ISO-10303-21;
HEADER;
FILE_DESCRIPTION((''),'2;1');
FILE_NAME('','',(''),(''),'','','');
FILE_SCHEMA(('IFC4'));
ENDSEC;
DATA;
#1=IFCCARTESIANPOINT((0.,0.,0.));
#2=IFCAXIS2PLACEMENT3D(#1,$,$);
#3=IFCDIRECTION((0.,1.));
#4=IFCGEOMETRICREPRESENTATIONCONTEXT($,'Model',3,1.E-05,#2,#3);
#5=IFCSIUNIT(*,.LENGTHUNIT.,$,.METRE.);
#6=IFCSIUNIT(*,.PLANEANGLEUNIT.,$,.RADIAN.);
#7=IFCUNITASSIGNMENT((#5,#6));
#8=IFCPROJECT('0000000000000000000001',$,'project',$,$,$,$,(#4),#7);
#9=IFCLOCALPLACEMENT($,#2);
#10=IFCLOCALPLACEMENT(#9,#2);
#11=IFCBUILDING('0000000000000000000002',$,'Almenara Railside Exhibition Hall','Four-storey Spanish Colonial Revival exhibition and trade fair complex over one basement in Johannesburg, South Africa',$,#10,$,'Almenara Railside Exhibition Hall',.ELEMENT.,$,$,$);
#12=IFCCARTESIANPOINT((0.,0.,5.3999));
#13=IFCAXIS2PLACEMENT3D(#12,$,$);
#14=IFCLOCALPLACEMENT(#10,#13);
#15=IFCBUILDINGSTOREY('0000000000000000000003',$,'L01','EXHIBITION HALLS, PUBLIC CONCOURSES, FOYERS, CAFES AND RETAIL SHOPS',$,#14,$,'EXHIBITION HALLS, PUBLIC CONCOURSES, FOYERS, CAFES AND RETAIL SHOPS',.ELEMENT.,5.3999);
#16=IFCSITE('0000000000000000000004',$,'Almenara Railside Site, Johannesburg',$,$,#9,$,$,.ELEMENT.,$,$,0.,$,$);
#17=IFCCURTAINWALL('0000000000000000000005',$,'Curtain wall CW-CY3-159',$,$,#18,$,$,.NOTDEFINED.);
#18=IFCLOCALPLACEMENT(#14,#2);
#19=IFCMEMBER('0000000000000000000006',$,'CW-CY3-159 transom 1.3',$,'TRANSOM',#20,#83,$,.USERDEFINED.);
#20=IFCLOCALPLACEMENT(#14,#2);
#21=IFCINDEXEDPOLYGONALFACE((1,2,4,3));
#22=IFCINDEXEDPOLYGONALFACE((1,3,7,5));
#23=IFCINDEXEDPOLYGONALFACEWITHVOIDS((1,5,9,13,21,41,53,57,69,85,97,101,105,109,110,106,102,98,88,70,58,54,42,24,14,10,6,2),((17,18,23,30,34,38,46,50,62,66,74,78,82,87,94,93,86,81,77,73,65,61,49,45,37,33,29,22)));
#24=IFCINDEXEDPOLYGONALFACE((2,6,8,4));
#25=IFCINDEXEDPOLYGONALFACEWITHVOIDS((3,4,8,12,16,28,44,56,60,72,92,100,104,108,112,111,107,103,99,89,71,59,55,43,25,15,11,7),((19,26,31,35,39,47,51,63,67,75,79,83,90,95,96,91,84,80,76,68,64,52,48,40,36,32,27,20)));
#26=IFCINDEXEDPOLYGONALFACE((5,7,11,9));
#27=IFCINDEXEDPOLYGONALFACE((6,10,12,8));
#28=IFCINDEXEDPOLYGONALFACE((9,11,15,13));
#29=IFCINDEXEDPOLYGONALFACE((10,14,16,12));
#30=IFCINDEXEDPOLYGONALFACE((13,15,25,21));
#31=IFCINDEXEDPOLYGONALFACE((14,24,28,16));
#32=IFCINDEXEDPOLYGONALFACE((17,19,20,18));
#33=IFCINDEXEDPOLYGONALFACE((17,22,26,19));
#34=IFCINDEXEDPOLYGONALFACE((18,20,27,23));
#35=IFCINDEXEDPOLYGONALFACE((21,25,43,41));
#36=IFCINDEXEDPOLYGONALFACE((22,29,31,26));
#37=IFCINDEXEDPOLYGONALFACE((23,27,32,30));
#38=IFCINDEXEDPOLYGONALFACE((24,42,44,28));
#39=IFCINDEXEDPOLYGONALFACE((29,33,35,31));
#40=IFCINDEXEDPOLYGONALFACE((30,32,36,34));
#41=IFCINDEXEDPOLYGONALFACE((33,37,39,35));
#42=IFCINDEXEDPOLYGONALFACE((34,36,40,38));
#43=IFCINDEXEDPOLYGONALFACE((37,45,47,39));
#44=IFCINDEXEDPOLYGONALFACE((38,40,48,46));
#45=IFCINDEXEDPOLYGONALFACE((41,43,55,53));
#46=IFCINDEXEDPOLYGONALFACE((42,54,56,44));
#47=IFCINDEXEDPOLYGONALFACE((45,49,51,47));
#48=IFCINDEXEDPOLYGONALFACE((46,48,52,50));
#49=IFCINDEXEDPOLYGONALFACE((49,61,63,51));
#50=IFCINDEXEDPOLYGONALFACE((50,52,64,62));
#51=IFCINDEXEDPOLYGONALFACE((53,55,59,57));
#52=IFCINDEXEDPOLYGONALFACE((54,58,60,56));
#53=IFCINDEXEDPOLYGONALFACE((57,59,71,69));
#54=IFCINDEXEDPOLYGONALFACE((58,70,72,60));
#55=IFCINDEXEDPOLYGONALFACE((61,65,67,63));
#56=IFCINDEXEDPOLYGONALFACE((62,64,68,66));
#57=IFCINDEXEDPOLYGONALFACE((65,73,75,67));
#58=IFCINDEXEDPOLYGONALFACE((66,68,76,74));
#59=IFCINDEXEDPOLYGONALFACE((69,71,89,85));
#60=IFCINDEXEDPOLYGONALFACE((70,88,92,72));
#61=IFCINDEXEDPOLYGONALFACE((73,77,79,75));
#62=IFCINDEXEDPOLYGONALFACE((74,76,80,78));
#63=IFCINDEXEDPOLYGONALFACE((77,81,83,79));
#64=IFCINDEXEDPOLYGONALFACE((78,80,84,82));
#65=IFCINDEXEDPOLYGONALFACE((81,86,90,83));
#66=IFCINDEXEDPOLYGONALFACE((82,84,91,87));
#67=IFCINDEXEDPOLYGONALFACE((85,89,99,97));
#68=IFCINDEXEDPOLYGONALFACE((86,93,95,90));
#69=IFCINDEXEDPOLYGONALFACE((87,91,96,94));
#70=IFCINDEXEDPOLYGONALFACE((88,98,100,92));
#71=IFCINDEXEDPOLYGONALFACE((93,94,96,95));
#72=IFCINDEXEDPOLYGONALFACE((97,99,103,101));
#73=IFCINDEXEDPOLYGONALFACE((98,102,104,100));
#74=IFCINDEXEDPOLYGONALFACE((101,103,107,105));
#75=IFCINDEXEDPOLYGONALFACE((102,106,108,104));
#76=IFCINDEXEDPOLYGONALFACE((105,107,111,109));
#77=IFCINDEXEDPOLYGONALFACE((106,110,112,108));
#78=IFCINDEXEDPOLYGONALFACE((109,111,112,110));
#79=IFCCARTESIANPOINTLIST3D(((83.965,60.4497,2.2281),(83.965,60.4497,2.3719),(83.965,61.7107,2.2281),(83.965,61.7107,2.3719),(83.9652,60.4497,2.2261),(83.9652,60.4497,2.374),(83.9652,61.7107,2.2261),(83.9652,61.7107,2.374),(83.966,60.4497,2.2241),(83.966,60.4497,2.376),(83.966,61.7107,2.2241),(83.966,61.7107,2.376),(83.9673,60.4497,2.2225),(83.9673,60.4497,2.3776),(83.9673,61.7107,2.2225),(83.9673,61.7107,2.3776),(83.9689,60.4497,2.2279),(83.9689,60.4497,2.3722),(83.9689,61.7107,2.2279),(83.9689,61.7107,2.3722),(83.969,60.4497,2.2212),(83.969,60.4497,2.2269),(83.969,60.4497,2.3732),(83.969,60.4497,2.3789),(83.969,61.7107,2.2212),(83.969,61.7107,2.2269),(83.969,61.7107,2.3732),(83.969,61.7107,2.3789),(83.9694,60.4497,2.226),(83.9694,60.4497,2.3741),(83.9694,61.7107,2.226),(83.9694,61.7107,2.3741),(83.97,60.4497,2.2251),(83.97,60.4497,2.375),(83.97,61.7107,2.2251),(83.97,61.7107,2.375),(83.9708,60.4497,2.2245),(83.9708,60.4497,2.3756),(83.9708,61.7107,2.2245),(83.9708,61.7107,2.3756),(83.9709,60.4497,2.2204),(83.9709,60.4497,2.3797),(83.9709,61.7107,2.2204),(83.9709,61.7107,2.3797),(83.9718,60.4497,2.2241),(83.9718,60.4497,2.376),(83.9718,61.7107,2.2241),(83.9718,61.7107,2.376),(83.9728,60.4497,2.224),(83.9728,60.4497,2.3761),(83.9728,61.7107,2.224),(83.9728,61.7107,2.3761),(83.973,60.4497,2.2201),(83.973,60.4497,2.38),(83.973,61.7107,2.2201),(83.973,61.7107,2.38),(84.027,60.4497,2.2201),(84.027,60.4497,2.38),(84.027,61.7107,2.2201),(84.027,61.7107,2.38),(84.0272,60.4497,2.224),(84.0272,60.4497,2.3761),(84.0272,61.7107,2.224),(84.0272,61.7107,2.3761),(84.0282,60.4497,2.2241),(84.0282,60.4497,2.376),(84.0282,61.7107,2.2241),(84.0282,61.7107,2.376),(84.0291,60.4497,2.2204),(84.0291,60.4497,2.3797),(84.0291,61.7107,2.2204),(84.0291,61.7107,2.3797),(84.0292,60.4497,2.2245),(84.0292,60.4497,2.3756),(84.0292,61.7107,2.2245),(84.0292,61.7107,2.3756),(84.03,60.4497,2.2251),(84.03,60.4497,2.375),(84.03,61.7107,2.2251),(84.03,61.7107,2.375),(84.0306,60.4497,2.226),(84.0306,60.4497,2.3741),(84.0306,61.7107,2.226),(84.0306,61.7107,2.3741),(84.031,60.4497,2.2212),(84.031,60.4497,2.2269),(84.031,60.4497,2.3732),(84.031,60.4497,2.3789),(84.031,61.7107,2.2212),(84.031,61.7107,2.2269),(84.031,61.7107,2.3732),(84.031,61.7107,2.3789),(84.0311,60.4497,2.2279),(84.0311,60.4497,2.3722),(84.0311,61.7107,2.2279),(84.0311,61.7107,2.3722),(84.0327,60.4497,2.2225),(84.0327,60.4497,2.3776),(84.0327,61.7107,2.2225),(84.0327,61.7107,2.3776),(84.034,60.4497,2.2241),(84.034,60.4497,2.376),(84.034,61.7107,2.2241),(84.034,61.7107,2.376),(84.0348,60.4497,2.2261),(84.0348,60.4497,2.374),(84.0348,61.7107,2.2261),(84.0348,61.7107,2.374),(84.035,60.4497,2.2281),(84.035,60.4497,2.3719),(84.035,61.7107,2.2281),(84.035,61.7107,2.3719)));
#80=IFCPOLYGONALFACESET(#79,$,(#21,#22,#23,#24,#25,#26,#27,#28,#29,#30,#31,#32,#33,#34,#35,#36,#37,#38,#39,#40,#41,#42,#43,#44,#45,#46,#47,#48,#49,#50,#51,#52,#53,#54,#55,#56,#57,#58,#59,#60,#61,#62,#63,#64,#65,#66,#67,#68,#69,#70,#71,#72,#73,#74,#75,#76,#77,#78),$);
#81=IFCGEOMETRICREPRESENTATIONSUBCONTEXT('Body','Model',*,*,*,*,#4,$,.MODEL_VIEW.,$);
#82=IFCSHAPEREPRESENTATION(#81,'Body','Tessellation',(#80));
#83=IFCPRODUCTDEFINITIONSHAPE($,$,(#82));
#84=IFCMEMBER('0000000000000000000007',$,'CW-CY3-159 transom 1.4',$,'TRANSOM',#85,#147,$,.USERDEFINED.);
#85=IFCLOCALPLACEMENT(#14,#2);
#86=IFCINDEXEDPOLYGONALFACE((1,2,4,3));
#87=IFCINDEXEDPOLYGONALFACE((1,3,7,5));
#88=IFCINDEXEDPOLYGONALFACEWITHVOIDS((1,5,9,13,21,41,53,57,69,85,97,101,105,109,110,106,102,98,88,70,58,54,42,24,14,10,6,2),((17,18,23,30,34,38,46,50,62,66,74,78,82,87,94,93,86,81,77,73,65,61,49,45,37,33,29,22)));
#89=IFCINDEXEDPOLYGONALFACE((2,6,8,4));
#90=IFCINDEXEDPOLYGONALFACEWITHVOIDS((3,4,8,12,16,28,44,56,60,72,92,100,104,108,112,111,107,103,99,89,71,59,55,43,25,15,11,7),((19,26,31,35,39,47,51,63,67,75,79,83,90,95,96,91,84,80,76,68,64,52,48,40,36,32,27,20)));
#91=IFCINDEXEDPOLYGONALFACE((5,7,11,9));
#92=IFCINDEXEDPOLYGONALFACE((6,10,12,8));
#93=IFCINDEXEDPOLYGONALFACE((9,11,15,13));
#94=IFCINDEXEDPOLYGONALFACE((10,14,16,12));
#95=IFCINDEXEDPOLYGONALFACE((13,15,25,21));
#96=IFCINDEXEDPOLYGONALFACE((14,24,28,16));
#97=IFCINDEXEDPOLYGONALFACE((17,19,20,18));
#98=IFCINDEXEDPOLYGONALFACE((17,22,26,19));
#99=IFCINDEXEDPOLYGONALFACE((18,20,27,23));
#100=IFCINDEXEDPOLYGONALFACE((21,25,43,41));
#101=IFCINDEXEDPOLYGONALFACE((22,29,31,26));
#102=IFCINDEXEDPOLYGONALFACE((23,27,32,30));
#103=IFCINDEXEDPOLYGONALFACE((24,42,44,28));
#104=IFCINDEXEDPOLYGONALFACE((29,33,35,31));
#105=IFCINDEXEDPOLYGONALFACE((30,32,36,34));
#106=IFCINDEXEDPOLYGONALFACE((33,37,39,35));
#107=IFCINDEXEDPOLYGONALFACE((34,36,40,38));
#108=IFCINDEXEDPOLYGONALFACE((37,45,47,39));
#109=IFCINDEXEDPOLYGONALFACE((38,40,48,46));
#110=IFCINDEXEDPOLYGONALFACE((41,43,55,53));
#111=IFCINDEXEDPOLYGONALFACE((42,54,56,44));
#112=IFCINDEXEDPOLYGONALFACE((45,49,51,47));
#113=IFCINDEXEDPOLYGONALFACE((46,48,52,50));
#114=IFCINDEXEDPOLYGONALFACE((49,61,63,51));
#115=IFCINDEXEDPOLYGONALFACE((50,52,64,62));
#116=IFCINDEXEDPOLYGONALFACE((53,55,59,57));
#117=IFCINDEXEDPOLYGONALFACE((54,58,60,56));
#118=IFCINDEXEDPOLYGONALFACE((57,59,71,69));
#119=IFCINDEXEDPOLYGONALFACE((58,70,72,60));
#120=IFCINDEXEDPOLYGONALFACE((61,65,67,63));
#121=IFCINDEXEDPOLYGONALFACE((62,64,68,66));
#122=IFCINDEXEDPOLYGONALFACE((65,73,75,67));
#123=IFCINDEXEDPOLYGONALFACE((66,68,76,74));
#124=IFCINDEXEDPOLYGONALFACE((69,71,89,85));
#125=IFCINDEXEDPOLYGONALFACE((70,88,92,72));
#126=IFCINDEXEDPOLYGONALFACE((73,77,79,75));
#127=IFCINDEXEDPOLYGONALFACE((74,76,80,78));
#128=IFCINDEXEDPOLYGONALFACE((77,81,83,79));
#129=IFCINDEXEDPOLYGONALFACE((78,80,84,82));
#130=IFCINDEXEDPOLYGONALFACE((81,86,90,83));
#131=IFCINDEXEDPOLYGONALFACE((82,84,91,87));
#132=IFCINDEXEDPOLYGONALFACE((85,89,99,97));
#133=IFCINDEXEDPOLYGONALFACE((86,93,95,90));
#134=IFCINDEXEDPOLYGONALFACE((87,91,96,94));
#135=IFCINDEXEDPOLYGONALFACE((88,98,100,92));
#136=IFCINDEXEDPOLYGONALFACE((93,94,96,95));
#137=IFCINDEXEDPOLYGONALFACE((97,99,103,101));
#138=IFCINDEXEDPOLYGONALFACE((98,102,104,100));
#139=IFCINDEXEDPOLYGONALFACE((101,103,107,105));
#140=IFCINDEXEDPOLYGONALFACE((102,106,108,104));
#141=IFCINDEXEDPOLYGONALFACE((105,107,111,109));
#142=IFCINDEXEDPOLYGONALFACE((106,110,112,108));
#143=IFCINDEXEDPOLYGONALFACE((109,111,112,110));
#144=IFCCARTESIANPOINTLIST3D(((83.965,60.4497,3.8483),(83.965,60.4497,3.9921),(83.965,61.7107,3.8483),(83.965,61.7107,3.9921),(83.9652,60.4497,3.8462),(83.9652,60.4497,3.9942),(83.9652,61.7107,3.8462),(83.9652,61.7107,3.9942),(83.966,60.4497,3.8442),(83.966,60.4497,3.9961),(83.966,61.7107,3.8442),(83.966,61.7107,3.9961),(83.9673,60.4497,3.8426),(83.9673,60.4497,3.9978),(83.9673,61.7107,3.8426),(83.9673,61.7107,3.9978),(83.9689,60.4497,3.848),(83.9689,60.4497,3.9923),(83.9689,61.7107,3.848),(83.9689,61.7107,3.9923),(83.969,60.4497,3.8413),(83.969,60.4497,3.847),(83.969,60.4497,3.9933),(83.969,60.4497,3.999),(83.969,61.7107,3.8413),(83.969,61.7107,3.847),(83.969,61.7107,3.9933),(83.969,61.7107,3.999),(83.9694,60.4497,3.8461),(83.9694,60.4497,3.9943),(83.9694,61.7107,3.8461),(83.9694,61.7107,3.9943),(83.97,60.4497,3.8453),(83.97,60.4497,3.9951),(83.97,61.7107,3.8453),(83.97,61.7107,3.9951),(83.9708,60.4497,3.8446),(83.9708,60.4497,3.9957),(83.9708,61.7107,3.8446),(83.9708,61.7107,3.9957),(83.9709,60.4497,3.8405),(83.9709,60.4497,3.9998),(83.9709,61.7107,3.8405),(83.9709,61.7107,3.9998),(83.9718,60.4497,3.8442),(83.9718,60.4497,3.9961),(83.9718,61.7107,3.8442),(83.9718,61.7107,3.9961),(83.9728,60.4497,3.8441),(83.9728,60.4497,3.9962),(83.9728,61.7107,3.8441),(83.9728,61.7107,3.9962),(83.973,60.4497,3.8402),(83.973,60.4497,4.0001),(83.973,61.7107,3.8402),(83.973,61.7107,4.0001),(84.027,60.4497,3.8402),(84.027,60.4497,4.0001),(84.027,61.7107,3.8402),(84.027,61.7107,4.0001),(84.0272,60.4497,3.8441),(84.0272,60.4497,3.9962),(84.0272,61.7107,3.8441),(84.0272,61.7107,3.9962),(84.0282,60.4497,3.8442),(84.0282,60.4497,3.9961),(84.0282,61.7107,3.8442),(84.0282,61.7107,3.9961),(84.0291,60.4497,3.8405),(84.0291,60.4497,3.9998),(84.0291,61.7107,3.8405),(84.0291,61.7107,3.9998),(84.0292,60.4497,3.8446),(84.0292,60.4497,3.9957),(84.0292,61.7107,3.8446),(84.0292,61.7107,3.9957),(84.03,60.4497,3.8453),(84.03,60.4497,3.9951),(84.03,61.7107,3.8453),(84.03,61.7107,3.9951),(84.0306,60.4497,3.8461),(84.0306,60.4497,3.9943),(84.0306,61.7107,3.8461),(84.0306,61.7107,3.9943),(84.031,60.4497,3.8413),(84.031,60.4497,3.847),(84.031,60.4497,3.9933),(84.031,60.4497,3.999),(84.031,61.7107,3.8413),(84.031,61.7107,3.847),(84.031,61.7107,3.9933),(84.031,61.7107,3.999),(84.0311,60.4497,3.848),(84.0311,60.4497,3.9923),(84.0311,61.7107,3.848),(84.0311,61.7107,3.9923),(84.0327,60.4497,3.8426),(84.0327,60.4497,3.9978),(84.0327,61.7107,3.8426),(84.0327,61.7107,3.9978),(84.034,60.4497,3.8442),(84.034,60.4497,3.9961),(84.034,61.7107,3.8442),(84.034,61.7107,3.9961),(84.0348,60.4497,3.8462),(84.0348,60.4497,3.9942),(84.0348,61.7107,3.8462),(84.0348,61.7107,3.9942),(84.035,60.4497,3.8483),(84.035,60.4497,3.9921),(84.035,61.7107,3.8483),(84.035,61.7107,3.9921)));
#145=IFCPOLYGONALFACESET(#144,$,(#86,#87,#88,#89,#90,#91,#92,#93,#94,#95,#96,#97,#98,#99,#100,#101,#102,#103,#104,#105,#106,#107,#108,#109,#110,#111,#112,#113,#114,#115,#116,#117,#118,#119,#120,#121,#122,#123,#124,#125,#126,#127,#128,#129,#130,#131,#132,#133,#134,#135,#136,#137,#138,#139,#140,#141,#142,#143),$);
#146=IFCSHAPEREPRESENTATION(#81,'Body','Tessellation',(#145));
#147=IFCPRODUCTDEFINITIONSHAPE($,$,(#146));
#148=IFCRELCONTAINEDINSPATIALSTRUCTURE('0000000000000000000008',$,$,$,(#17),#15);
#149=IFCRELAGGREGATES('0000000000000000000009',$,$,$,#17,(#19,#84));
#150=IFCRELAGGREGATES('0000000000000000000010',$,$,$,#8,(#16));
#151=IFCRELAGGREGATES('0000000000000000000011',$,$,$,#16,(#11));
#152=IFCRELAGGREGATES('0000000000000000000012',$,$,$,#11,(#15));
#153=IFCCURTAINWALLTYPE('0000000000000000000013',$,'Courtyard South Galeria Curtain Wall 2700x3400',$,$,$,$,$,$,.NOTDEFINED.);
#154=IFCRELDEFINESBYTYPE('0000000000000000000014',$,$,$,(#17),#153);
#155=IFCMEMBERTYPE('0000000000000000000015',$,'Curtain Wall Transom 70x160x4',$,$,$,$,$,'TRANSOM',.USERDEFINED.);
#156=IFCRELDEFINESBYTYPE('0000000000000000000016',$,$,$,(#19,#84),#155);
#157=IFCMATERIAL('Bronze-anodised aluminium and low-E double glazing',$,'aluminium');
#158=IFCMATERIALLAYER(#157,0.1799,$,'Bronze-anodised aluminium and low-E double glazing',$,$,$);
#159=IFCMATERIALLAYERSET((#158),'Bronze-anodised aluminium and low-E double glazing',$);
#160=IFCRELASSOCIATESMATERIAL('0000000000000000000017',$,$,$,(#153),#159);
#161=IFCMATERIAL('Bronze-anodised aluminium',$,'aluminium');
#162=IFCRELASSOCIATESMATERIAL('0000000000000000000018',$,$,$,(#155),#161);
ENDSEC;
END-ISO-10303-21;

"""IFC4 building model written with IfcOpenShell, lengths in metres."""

from ifc_helpers import new_model, si_unit, direction, frame, origin, origin_2d, place, context, subcontext, project, spatial, hollow_rectangle, extrude, material, layer, layer_set, material_profile, profile_set, type_object, element, aggregate, save


model = new_model("IFC4")

# Units and contexts
model_context = context("Model", 3, precision=1e-05, world=origin(), true_north=direction((0.0, 1.0)))
body_context = subcontext(model_context, "Body", "Model", "MODEL_VIEW")
ifc_project = project(units=[si_unit("LENGTHUNIT", "METRE"), si_unit("PLANEANGLEUNIT", "RADIAN")], contexts=[model_context])

# Site, building, storey
site_placement = place(None, origin())
site = spatial("IfcSite", under=ifc_project, at=site_placement, Name="Almenara Railside Site, Johannesburg", CompositionType="ELEMENT", RefElevation=0.0)
building_placement = place(site_placement, origin())
building = spatial("IfcBuilding", under=site, at=building_placement, Name="Almenara Railside Exhibition Hall", Description="Four-storey Spanish Colonial Revival exhibition and trade fair complex over one basement in Johannesburg, South Africa", LongName="Almenara Railside Exhibition Hall", CompositionType="ELEMENT")
storey_placement = place(building_placement, frame((0.0, 0.0, 5.3999)))
storey = spatial("IfcBuildingStorey", under=building, at=storey_placement, Name="L01", Description="EXHIBITION HALLS, PUBLIC CONCOURSES, FOYERS, CAFES AND RETAIL SHOPS", LongName="EXHIBITION HALLS, PUBLIC CONCOURSES, FOYERS, CAFES AND RETAIL SHOPS", CompositionType="ELEMENT", Elevation=5.3999)

# Shared definitions
ifc_material_1 = material(Name="Bronze-anodised aluminium and low-E double glazing", Category="aluminium")
ifc_layer_1 = layer(ifc_material_1, 0.1799, Name="Bronze-anodised aluminium and low-E double glazing")
ifc_layer_set_1 = layer_set([ifc_layer_1], Name="Bronze-anodised aluminium and low-E double glazing")
curtain_wall_type_1 = type_object("IfcCurtainWallType", Name="Courtyard South Galeria Curtain Wall 2700x3400", PredefinedType="NOTDEFINED", material=ifc_layer_set_1)
ifc_material_2 = material(Name="Bronze-anodised aluminium", Category="aluminium")

# Curtain wall
curtain_wall_1_placement = place(storey_placement, origin())
curtain_wall_1 = element("IfcCurtainWall", 1, at=curtain_wall_1_placement, inside=storey, type_object=curtain_wall_type_1, Name="Curtain wall CW-CY3-159", PredefinedType="NOTDEFINED")

# Members
ifc_material_profile_1 = material_profile(ifc_material_2, hollow_rectangle(XDim=0.0701, YDim=0.1599, WallThickness=0.0039, InnerFilletRadius=0.0039, OuterFilletRadius=0.0081, at=origin_2d()), Name="ALU-TRN 70x160x4")
ifc_profile_set_1 = profile_set([ifc_material_profile_1], Name="Bronze-anodised aluminium")
member_type_1 = type_object("IfcMemberType", Name="Curtain Wall Transom 70x160x4", ElementType="TRANSOM", PredefinedType="USERDEFINED", material=ifc_profile_set_1)
member_1_placement = place(storey_placement, frame((84.0, 61.7107, 2.3), z_axis=(0.0, -1.0, 0.0), x_axis=(1.0, 0.0, 0.0)))
member_1 = element("IfcMember", 2, at=member_1_placement, type_object=member_type_1, Name="CW-CY3-159 transom 1.3", ObjectType="TRANSOM", PredefinedType="USERDEFINED", context=body_context, shape_type="SweptSolid", body=[
    extrude(hollow_rectangle(XDim=0.0701, YDim=0.1599, WallThickness=0.0039, InnerFilletRadius=0.0039, OuterFilletRadius=0.0081, at=origin_2d()), origin(), (0.0, 0.0, 1.0), 1.261),
])
member_2_placement = place(storey_placement, frame((84.0, 61.7107, 3.9202), z_axis=(0.0, -1.0, 0.0), x_axis=(1.0, 0.0, 0.0)))
member_2 = element("IfcMember", 3, at=member_2_placement, type_object=member_type_1, Name="CW-CY3-159 transom 1.4", ObjectType="TRANSOM", PredefinedType="USERDEFINED", context=body_context, shape_type="SweptSolid", body=[
    extrude(hollow_rectangle(XDim=0.0701, YDim=0.1599, WallThickness=0.0039, InnerFilletRadius=0.0039, OuterFilletRadius=0.0081, at=origin_2d()), origin(), (0.0, 0.0, 1.0), 1.261),
])

aggregate(curtain_wall_1, [member_1, member_2])

save(model, "model.ifc")
